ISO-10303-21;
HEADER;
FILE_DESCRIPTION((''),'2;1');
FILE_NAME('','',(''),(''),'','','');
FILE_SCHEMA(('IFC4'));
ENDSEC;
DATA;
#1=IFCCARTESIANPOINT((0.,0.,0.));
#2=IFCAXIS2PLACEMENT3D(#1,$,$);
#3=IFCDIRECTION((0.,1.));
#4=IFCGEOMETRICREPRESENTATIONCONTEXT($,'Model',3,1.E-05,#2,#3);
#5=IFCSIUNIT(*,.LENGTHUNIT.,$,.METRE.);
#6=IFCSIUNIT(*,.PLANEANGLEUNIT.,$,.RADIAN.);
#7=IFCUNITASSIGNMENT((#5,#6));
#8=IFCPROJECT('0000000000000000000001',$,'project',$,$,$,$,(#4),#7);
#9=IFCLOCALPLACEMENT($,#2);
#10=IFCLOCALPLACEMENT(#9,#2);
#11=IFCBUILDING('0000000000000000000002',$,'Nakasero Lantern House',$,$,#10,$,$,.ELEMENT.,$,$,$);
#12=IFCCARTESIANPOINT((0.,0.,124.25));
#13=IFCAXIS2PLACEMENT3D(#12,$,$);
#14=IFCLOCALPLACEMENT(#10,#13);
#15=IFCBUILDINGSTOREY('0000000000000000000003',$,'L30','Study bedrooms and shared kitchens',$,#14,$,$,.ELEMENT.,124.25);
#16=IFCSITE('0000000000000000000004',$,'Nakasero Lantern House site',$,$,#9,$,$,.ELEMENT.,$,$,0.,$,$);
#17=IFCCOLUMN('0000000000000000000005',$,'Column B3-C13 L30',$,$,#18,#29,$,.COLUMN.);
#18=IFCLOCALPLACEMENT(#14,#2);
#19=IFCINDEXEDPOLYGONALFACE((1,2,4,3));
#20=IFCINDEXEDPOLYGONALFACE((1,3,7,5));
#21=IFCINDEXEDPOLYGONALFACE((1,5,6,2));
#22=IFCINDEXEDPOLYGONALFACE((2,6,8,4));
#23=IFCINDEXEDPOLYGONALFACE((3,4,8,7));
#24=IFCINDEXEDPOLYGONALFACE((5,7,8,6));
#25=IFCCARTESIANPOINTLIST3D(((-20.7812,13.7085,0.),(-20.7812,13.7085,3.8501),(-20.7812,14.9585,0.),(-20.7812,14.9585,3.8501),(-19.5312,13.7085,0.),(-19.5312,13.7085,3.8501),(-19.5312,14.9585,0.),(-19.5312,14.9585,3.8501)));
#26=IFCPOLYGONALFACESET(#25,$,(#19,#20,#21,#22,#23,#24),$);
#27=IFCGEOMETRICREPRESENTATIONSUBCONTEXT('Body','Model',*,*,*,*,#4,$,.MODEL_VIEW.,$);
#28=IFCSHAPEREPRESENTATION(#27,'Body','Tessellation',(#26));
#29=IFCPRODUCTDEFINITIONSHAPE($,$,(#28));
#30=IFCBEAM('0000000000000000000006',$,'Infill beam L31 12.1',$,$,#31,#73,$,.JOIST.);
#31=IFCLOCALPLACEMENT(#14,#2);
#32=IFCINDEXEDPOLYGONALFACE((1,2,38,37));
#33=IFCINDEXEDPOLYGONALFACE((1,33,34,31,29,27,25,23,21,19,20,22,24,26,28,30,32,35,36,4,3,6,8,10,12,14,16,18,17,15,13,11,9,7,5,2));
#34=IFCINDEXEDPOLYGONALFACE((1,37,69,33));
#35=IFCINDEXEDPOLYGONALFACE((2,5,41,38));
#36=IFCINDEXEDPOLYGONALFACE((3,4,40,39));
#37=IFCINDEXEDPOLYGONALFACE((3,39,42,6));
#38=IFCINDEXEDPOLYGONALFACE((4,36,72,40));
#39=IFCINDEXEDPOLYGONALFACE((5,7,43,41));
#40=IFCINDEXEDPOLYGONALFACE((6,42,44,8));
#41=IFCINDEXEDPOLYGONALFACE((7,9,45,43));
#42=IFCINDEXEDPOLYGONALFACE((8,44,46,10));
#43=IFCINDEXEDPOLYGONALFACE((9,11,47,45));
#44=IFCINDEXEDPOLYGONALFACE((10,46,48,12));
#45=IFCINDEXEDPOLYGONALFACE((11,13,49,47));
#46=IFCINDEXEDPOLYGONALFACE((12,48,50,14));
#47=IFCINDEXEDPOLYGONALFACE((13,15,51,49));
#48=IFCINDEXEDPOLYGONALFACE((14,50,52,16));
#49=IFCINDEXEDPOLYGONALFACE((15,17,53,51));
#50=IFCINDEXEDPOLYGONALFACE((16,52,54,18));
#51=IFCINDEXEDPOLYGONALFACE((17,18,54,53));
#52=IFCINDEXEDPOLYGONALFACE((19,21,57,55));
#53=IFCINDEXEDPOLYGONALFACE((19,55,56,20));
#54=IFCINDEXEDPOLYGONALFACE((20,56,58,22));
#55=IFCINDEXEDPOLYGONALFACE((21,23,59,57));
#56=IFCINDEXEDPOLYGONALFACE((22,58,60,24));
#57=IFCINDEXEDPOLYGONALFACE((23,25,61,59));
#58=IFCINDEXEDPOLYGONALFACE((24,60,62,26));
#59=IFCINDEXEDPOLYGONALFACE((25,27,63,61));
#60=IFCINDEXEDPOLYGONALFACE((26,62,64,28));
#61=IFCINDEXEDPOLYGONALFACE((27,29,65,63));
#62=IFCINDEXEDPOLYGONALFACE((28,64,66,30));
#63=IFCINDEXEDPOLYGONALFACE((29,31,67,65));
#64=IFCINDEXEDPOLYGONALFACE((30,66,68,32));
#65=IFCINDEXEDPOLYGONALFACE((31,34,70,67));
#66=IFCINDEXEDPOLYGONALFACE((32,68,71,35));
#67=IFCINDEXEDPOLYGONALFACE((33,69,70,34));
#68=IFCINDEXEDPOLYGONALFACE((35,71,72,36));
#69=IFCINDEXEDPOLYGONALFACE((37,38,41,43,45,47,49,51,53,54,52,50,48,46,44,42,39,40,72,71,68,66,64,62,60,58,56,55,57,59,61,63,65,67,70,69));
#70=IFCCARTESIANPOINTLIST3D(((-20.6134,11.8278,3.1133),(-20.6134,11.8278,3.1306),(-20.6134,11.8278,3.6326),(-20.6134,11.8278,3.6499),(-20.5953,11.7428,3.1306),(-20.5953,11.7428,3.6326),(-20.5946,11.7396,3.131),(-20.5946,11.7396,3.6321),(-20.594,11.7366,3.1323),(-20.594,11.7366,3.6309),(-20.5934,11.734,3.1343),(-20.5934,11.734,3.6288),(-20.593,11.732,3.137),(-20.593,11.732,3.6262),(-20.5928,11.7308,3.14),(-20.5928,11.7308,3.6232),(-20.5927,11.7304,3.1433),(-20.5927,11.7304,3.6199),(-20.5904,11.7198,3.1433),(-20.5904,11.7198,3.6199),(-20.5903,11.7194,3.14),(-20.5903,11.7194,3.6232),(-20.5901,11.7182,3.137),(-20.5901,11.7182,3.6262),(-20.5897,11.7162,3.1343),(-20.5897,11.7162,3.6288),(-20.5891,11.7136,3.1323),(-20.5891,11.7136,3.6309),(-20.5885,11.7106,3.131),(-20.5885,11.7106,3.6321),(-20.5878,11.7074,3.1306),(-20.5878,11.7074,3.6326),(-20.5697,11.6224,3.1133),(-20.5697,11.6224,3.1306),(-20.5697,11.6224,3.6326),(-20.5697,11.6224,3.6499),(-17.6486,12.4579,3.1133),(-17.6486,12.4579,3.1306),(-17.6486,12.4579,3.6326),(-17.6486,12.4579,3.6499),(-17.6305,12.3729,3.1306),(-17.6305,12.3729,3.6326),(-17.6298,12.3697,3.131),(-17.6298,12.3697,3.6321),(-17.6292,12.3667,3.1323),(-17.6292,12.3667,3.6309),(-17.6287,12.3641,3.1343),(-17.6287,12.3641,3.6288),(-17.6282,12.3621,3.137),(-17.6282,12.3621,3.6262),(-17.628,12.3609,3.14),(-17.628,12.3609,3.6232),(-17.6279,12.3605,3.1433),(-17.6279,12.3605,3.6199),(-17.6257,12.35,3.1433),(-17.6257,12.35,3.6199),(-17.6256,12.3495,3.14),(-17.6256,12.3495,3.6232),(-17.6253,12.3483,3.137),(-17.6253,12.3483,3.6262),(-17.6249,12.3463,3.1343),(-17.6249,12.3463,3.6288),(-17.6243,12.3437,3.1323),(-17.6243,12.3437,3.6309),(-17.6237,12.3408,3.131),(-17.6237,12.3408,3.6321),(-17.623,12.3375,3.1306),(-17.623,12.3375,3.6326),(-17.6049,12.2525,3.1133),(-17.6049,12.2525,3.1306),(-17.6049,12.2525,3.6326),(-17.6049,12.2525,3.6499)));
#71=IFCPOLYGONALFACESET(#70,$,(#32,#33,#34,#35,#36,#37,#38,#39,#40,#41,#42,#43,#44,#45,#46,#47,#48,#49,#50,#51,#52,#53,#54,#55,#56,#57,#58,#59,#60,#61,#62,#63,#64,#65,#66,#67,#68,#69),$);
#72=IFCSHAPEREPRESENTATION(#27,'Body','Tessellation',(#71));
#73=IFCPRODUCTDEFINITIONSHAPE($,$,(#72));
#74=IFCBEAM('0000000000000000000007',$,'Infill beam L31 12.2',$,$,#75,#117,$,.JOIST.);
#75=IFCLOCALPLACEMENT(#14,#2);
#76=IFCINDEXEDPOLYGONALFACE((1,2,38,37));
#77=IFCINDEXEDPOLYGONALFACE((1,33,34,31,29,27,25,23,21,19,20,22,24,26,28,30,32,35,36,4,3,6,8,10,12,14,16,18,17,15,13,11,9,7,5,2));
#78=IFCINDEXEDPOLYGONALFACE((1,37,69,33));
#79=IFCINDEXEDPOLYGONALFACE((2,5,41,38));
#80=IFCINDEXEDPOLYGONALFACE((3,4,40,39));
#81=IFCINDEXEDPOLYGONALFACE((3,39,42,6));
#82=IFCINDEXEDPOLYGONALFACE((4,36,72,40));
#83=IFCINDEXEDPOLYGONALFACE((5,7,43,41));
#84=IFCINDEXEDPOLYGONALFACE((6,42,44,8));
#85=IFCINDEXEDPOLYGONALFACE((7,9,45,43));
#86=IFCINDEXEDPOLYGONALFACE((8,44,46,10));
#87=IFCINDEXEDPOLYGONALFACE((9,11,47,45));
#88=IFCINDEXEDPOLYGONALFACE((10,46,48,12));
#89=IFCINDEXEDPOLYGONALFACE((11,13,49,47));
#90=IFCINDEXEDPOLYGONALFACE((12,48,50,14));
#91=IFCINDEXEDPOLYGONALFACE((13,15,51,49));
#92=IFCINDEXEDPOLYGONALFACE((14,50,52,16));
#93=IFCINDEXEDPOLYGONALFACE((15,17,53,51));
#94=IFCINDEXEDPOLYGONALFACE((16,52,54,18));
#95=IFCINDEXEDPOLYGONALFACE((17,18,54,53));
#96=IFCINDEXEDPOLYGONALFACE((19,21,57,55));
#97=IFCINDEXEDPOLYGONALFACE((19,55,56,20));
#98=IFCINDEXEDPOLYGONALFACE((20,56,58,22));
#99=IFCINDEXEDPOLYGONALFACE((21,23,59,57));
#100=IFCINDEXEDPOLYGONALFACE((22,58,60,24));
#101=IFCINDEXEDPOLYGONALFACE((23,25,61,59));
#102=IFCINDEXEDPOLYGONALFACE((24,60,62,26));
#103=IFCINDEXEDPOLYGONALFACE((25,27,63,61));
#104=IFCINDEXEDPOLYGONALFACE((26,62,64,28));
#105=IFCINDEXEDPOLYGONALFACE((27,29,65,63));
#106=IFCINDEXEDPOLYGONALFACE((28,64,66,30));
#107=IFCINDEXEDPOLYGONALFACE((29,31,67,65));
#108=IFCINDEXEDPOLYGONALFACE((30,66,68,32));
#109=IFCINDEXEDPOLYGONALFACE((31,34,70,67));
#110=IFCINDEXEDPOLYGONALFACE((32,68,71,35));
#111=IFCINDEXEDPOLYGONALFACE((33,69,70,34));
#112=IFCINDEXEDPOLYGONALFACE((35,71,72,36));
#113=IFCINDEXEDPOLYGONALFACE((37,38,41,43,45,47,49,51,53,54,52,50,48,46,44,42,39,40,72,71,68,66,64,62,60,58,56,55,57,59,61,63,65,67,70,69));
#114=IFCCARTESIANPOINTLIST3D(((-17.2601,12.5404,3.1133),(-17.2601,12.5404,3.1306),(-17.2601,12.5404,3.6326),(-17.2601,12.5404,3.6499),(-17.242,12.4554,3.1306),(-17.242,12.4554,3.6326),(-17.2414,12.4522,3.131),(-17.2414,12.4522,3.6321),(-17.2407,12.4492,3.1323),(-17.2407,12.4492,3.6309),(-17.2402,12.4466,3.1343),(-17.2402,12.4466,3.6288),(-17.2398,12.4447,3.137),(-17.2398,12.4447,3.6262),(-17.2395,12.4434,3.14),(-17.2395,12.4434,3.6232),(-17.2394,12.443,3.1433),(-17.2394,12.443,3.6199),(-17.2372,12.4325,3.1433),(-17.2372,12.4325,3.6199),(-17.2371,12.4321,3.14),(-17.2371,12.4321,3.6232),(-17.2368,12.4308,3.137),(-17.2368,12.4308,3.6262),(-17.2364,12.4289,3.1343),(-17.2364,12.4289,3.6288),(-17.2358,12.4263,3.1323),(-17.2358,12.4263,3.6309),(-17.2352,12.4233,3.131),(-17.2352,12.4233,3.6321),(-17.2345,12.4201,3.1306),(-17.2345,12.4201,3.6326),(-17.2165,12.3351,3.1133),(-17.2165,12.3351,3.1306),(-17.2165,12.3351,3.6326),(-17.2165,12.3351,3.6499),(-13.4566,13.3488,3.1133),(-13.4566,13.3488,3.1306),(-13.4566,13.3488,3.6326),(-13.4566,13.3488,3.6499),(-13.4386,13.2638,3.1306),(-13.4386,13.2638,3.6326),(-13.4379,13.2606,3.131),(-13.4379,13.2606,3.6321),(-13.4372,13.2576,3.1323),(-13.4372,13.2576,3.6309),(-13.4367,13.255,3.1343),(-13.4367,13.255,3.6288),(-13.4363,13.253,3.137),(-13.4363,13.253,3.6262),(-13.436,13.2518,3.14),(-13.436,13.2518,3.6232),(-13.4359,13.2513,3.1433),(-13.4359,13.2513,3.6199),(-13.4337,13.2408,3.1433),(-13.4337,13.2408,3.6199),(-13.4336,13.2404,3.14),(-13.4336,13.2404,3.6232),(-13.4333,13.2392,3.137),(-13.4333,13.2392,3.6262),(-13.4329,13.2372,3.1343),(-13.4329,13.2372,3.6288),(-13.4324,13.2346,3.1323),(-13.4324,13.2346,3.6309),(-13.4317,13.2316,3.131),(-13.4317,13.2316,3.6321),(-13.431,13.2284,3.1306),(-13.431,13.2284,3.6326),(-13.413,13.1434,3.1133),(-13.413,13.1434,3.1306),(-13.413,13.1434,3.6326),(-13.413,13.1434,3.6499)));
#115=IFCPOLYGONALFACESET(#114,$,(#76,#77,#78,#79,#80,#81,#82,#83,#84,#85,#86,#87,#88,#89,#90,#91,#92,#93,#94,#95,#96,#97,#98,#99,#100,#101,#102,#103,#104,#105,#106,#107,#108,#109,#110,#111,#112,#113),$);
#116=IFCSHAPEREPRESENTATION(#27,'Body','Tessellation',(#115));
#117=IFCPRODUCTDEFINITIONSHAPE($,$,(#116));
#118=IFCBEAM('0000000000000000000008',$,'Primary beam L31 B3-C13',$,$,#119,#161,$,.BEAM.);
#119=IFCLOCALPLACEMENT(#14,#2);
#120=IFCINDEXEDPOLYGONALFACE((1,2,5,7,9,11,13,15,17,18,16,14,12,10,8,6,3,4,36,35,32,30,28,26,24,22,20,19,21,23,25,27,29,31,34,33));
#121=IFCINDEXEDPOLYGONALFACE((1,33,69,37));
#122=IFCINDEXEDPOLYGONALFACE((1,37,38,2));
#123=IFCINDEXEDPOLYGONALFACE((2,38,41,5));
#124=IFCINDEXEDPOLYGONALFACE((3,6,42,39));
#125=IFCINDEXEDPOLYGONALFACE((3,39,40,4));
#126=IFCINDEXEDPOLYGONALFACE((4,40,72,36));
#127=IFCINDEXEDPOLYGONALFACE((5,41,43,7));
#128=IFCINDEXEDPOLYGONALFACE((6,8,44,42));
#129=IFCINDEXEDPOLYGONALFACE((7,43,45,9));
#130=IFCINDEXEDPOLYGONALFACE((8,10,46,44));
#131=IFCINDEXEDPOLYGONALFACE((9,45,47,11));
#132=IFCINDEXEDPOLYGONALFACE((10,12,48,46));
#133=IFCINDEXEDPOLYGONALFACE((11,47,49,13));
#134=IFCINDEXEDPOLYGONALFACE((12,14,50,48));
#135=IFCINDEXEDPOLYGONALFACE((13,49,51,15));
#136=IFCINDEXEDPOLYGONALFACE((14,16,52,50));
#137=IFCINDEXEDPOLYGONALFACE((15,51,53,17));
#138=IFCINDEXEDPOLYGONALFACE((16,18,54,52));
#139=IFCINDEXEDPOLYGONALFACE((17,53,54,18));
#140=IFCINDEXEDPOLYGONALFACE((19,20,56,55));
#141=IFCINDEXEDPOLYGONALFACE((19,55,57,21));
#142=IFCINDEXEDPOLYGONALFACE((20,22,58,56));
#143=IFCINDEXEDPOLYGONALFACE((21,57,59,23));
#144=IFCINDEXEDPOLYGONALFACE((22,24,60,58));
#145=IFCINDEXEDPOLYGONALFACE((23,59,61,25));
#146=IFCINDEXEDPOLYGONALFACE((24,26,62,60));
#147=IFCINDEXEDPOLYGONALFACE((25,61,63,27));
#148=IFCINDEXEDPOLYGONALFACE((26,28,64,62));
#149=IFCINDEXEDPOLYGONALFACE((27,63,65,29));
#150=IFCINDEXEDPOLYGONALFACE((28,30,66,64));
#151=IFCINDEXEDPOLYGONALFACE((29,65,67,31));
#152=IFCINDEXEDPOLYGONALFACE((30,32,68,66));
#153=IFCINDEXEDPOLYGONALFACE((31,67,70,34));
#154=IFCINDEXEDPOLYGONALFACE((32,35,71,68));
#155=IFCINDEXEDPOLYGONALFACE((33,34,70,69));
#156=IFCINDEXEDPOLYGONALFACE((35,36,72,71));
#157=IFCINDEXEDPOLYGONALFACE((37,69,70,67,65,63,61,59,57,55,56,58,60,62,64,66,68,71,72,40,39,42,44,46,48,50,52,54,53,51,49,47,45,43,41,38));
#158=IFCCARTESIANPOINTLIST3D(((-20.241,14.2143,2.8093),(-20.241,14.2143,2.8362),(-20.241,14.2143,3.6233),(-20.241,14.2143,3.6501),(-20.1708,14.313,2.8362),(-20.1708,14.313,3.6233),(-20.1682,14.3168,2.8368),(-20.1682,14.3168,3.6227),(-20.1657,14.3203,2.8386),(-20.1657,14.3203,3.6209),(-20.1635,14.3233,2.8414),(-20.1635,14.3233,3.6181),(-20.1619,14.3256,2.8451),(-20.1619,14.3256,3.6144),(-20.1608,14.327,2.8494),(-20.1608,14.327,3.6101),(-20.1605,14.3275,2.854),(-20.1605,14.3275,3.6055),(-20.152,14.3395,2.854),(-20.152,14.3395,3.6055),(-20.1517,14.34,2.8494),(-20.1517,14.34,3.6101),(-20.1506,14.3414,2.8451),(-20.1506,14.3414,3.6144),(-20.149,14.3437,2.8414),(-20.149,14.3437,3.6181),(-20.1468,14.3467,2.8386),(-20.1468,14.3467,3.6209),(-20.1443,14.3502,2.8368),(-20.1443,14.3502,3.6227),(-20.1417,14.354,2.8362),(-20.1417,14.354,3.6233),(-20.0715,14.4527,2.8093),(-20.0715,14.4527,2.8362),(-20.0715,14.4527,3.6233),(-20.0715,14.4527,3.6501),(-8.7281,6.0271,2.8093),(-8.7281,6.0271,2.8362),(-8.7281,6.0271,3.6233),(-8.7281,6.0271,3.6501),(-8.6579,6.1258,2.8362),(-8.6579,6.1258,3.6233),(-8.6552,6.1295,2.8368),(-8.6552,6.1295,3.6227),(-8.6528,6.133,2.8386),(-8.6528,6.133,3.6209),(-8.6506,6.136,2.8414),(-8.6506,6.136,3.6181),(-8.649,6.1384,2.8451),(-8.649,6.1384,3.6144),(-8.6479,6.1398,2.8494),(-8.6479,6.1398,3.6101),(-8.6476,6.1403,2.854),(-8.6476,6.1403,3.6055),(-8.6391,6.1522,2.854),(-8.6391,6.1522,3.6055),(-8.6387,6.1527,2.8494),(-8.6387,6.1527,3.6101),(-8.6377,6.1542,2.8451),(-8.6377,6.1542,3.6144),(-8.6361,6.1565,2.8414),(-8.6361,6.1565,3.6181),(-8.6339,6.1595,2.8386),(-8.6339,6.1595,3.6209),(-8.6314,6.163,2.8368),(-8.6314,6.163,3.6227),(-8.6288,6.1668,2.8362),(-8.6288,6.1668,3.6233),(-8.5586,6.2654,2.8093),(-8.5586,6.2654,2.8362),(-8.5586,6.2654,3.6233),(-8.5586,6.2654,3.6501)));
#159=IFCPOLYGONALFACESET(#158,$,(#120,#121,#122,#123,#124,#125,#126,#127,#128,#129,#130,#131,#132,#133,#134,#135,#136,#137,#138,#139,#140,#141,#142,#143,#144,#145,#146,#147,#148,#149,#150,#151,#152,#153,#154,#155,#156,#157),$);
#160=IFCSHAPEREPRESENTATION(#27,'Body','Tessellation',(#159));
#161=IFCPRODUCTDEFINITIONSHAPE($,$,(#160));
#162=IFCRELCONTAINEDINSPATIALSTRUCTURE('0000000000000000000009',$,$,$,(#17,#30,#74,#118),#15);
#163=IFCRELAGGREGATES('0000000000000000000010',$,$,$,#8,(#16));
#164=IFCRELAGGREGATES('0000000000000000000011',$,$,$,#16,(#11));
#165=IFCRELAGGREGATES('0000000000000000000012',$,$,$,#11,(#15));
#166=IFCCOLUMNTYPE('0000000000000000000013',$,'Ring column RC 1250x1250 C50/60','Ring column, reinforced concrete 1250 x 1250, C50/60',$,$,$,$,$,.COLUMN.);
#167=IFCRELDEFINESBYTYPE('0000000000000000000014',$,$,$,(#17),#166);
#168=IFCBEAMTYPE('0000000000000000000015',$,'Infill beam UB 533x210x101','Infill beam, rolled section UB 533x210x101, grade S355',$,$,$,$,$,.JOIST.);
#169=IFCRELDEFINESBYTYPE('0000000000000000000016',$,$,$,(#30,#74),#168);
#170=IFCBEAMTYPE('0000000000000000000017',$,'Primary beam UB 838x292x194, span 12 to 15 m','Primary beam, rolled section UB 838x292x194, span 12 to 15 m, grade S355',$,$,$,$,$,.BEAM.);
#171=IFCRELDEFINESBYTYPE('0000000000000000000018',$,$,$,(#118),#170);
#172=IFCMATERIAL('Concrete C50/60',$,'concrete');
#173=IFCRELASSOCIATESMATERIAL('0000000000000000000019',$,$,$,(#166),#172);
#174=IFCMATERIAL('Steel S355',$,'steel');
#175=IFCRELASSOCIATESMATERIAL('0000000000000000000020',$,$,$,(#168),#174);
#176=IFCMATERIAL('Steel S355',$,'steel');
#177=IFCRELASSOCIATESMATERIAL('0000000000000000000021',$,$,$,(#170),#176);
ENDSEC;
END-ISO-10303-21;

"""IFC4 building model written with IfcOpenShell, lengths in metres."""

from ifc_helpers import new_model, si_unit, direction, frame, origin, origin_2d, place, context, subcontext, project, spatial, rectangle, i_section, extrude, material, material_profile, profile_set, type_object, element, save


model = new_model("IFC4")

# Units and contexts
model_context = context("Model", 3, precision=1e-05, world=origin(), true_north=direction((0.0, 1.0)))
body_context = subcontext(model_context, "Body", "Model", "MODEL_VIEW")
ifc_project = project(units=[si_unit("LENGTHUNIT", "METRE"), si_unit("PLANEANGLEUNIT", "RADIAN")], contexts=[model_context])

# Site, building, storey
site_placement = place(None, origin())
site = spatial("IfcSite", under=ifc_project, at=site_placement, Name="Nakasero Lantern House site", CompositionType="ELEMENT", RefElevation=0.0)
building_placement = place(site_placement, origin())
building = spatial("IfcBuilding", under=site, at=building_placement, Name="Nakasero Lantern House", CompositionType="ELEMENT")
storey_placement = place(building_placement, frame((0.0, 0.0, 124.25)))
storey = spatial("IfcBuildingStorey", under=building, at=storey_placement, Name="L30", Description="Study bedrooms and shared kitchens", CompositionType="ELEMENT", Elevation=124.25)

# Column
ifc_material_1 = material(Name="Concrete C50/60", Category="concrete")
ifc_material_profile_1 = material_profile(ifc_material_1, rectangle(XDim=1.25, YDim=1.25, at=origin_2d()), Name="RC 1250x1250")
ifc_profile_set_1 = profile_set([ifc_material_profile_1], Name="Concrete C50/60")
column_type = type_object("IfcColumnType", Name="Ring column RC 1250x1250 C50/60", Description="Ring column, reinforced concrete 1250 x 1250, C50/60", PredefinedType="COLUMN", material=ifc_profile_set_1)
column_placement = place(storey_placement, frame((-20.1562, 14.3335, 0.0), z_axis=(0.0, 0.0, 1.0), x_axis=(1.0, 0.0, 0.0)))
element("IfcColumn", 1, at=column_placement, inside=storey, type_object=column_type, Name="Column B3-C13 L30", PredefinedType="COLUMN", context=body_context, shape_type="SweptSolid", body=[
    extrude(rectangle(XDim=1.25, YDim=1.25, at=origin_2d()), origin(), (0.0, 0.0, 1.0), 3.8501),
])

# Beams
ifc_material_2 = material(Name="Steel S355", Category="steel")
ifc_material_profile_2 = material_profile(ifc_material_2, i_section(OverallWidth=0.21, OverallDepth=0.5366, WebThickness=0.0107, FlangeThickness=0.0173, FilletRadius=0.0127, at=origin_2d()), Name="UB 533x210x101")
ifc_profile_set_2 = profile_set([ifc_material_profile_2], Name="Steel S355")
beam_type_1 = type_object("IfcBeamType", Name="Infill beam UB 533x210x101", Description="Infill beam, rolled section UB 533x210x101, grade S355", PredefinedType="JOIST", material=ifc_profile_set_2)
beam_1_placement = place(storey_placement, frame((-20.5916, 11.7251, 3.3816), z_axis=(0.978152, 0.20789, 0.0), x_axis=(-0.20789, 0.978152, 0.0)))
element("IfcBeam", 2, at=beam_1_placement, inside=storey, type_object=beam_type_1, Name="Infill beam L31 12.1", PredefinedType="JOIST", context=body_context, shape_type="SweptSolid", body=[
    extrude(i_section(OverallWidth=0.21, OverallDepth=0.5366, WebThickness=0.0107, FlangeThickness=0.0173, FilletRadius=0.0127, at=origin_2d()), origin(), (0.0, 0.0, 1.0), 3.031),
])
beam_2_placement = place(storey_placement, frame((-17.2383, 12.4377, 3.3816), z_axis=(0.978153, 0.207887, 0.0), x_axis=(-0.207887, 0.978153, 0.0)))
element("IfcBeam", 3, at=beam_2_placement, inside=storey, type_object=beam_type_1, Name="Infill beam L31 12.2", PredefinedType="JOIST", context=body_context, shape_type="SweptSolid", body=[
    extrude(i_section(OverallWidth=0.21, OverallDepth=0.5366, WebThickness=0.0107, FlangeThickness=0.0173, FilletRadius=0.0127, at=origin_2d()), origin(), (0.0, 0.0, 1.0), 3.8884),
])
ifc_material_3 = material(Name="Steel S355", Category="steel")
ifc_material_profile_3 = material_profile(ifc_material_3, i_section(OverallWidth=0.2925, OverallDepth=0.8408, WebThickness=0.0146, FlangeThickness=0.0269, FilletRadius=0.0178, at=origin_2d()), Name="UB 838x292x194")
ifc_profile_set_3 = profile_set([ifc_material_profile_3], Name="Steel S355")
beam_type_2 = type_object("IfcBeamType", Name="Primary beam UB 838x292x194, span 12 to 15 m", Description="Primary beam, rolled section UB 838x292x194, span 12 to 15 m, grade S355", PredefinedType="BEAM", material=ifc_profile_set_3)
beam_3_placement = place(storey_placement, frame((-20.1562, 14.3335, 3.2297), z_axis=(0.814946, -0.579537, 0.0), x_axis=(0.579537, 0.814946, 0.0)))
element("IfcBeam", 4, at=beam_3_placement, inside=storey, type_object=beam_type_2, Name="Primary beam L31 B3-C13", PredefinedType="BEAM", context=body_context, shape_type="SweptSolid", body=[
    extrude(i_section(OverallWidth=0.2925, OverallDepth=0.8408, WebThickness=0.0146, FlangeThickness=0.0269, FilletRadius=0.0178, at=origin_2d()), origin(), (0.0, 0.0, 1.0), 14.1272),
])

save(model, "model.ifc")
